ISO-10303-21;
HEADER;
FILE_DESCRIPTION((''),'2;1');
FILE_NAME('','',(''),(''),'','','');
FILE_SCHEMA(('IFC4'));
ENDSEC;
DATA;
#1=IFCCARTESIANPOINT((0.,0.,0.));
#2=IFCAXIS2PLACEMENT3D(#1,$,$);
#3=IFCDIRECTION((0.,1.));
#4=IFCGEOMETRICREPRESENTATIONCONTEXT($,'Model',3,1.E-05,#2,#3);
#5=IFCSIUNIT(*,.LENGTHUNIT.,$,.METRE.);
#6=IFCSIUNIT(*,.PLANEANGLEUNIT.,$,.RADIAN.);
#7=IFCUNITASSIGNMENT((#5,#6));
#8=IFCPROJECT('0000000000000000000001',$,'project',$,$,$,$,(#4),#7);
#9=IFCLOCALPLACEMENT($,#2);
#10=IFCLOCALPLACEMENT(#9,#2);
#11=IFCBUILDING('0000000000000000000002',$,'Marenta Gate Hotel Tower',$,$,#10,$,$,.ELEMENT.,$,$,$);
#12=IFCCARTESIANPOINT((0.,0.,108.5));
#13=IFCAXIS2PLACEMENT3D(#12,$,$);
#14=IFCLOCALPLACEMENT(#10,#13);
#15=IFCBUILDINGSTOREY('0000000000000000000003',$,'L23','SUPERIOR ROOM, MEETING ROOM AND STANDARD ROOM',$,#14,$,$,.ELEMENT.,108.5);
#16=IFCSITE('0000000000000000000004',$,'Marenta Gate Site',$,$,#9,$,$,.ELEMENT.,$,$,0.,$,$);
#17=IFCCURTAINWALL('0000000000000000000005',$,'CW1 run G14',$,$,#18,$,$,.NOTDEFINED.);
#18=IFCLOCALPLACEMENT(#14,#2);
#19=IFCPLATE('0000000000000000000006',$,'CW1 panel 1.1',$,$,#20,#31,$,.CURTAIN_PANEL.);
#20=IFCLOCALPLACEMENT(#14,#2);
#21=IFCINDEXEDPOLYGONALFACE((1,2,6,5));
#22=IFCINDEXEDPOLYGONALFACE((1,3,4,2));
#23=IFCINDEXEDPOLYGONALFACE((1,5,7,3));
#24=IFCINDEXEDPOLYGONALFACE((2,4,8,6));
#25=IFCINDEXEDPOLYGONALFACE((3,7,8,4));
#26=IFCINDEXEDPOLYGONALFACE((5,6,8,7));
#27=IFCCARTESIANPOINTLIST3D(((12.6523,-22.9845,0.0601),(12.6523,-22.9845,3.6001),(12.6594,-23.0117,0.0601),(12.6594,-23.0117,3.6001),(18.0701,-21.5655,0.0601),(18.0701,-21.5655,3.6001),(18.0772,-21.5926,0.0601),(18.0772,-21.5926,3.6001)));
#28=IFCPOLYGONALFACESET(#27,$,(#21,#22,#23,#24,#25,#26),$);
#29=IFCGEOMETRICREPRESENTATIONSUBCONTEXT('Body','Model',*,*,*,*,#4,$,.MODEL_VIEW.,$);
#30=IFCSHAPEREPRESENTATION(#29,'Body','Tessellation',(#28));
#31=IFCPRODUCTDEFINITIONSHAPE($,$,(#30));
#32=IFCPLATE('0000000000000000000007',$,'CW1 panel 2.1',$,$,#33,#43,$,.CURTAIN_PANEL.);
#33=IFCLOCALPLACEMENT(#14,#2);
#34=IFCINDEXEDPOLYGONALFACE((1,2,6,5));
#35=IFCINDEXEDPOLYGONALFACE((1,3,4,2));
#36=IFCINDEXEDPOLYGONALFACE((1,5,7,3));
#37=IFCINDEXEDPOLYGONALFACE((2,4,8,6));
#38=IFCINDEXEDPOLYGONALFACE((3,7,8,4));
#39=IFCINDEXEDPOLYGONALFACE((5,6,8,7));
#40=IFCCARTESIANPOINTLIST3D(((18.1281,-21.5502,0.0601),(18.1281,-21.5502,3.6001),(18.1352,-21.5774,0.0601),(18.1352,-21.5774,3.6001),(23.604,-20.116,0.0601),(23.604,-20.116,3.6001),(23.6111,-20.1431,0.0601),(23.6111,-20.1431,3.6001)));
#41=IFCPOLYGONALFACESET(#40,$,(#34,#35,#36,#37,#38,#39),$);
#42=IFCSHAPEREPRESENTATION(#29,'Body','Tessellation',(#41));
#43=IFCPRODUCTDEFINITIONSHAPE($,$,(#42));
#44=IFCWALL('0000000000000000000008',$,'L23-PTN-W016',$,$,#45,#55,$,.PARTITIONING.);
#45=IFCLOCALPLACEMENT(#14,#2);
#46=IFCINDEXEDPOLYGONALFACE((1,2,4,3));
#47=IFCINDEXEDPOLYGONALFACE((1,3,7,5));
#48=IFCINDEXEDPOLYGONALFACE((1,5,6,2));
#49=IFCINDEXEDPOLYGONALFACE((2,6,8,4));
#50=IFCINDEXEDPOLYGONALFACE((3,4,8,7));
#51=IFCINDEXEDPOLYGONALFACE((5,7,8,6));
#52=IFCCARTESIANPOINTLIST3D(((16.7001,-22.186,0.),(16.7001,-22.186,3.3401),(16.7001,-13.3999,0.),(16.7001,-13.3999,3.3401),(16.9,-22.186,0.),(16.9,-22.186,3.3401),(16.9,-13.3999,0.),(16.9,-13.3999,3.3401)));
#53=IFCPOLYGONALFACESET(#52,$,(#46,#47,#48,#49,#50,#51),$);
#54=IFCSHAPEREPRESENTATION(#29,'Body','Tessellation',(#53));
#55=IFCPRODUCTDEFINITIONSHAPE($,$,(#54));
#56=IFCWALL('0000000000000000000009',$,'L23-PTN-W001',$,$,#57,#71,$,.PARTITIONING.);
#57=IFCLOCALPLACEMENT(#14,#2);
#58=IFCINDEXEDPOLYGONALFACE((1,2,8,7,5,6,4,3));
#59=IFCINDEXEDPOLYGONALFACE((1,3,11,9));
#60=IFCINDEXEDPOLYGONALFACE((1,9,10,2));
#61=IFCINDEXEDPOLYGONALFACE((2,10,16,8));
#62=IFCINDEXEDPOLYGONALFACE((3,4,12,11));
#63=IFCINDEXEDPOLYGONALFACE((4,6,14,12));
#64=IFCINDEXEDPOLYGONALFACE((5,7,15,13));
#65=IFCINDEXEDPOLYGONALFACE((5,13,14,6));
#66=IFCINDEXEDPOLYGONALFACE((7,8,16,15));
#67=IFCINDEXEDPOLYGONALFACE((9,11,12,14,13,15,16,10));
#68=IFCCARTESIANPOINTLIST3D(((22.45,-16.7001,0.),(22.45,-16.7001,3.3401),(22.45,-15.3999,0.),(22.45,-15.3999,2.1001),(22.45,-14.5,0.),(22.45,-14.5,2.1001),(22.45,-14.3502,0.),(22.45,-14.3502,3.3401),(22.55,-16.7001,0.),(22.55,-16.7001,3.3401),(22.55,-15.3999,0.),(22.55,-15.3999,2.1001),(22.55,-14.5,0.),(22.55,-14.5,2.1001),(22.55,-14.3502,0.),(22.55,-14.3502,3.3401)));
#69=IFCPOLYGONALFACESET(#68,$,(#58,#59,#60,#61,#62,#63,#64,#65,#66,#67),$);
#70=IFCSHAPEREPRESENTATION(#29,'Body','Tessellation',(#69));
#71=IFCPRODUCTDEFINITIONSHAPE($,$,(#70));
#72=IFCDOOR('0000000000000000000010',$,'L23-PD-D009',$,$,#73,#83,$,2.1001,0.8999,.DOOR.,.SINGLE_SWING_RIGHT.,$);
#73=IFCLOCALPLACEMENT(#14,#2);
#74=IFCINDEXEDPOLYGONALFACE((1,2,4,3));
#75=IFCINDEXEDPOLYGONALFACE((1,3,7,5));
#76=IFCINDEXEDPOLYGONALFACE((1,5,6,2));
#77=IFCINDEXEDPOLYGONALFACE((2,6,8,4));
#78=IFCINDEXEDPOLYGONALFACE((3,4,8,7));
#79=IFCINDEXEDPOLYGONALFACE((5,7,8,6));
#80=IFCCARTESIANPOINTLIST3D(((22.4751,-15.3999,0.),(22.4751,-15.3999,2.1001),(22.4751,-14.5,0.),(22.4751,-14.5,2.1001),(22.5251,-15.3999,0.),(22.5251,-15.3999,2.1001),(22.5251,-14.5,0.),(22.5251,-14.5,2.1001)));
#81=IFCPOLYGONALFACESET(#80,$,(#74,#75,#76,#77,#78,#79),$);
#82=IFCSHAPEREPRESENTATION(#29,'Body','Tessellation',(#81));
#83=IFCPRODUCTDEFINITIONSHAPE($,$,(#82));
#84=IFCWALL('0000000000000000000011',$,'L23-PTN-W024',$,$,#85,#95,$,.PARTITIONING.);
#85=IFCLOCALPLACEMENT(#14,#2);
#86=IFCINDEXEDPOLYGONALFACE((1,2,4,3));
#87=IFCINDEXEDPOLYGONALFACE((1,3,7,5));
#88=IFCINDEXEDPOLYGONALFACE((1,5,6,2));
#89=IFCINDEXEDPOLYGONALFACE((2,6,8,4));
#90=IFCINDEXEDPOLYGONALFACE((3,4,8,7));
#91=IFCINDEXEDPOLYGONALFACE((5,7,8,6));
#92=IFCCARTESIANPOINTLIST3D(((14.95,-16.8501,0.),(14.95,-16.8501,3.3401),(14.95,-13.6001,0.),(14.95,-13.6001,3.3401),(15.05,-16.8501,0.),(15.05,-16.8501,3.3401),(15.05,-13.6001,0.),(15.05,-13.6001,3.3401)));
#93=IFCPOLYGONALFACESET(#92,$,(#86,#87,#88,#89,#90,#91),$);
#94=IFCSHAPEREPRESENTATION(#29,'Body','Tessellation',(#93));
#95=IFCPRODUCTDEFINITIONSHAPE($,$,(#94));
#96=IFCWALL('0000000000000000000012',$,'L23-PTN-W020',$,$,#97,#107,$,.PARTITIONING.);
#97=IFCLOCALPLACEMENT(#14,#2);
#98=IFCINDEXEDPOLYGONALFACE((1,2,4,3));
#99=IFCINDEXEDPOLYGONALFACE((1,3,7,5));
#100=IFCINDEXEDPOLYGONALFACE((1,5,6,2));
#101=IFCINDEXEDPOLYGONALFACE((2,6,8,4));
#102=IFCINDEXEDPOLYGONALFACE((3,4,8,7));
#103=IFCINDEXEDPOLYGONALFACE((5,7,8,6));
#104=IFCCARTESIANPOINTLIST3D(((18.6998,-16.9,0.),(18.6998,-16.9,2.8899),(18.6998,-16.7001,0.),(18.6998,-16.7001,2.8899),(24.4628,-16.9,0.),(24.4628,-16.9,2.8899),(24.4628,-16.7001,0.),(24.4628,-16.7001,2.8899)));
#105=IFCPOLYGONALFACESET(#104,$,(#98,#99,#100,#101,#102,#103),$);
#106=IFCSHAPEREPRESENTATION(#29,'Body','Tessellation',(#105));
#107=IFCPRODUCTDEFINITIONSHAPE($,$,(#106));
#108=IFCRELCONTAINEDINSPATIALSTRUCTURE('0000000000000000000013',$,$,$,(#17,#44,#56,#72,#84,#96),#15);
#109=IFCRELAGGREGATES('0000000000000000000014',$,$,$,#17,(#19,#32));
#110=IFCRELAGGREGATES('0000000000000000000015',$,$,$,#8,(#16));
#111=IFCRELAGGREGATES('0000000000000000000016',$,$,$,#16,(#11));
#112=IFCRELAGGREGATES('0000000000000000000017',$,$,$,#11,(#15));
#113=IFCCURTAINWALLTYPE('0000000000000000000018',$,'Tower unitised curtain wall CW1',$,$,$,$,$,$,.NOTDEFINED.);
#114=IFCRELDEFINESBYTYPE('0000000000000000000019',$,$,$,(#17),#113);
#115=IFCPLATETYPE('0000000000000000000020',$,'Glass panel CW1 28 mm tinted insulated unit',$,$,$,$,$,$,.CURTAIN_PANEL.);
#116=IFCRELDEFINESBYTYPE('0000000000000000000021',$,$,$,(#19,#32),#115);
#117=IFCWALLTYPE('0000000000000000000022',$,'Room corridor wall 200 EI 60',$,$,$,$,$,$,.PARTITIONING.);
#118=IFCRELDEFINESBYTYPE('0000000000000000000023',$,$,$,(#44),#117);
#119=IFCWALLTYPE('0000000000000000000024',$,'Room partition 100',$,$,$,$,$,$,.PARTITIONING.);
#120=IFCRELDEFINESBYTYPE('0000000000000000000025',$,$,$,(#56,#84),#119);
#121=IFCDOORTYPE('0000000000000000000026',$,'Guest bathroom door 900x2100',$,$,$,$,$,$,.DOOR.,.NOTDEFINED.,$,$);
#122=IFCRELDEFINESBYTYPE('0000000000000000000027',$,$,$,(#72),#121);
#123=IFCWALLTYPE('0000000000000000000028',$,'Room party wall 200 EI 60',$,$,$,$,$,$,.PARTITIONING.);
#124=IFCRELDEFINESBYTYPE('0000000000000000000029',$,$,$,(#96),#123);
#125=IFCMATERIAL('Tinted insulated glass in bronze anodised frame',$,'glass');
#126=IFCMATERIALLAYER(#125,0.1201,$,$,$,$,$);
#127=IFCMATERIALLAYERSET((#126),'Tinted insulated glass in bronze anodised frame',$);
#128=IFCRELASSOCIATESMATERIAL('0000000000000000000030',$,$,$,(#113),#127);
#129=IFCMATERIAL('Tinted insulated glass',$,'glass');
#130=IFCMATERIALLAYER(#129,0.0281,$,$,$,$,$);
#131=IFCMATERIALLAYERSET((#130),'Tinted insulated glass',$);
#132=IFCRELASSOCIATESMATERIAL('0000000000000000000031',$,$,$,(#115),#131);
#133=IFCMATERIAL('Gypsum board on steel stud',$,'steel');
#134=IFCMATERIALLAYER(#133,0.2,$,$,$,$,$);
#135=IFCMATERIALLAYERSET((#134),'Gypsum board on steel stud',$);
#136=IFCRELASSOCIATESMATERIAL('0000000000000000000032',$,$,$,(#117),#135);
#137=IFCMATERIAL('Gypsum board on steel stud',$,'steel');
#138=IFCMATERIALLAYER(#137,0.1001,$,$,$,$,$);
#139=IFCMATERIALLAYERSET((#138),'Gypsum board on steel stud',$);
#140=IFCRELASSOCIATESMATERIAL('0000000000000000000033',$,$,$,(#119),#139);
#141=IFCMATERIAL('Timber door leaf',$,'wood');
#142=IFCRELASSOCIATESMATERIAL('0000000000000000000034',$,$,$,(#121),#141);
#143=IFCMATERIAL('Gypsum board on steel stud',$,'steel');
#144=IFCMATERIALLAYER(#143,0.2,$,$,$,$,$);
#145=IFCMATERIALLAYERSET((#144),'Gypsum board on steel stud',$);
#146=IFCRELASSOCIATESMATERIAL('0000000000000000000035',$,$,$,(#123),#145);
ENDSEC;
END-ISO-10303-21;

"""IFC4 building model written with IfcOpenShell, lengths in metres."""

from ifc_helpers import new_model, si_unit, direction, frame, frame_2d, origin, origin_2d, place, context, subcontext, project, spatial, rectangle, extrude, material, layer, layer_set, type_object, element, fill, aggregate, save


model = new_model("IFC4")

# Units and contexts
model_context = context("Model", 3, precision=1e-05, world=origin(), true_north=direction((0.0, 1.0)))
body_context = subcontext(model_context, "Body", "Model", "MODEL_VIEW")
ifc_project = project(units=[si_unit("LENGTHUNIT", "METRE"), si_unit("PLANEANGLEUNIT", "RADIAN")], contexts=[model_context])

# Site, building, storey
site_placement = place(None, origin())
site = spatial("IfcSite", under=ifc_project, at=site_placement, Name="Marenta Gate Site", CompositionType="ELEMENT", RefElevation=0.0)
building_placement = place(site_placement, origin())
building = spatial("IfcBuilding", under=site, at=building_placement, Name="Marenta Gate Hotel Tower", CompositionType="ELEMENT")
storey_placement = place(building_placement, frame((0.0, 0.0, 108.5)))
storey = spatial("IfcBuildingStorey", under=building, at=storey_placement, Name="L23", Description="SUPERIOR ROOM, MEETING ROOM AND STANDARD ROOM", CompositionType="ELEMENT", Elevation=108.5)

# Curtain wall
ifc_material_1 = material(Name="Tinted insulated glass in bronze anodised frame", Category="glass")
ifc_layer_1 = layer(ifc_material_1, 0.1201)
ifc_layer_set_1 = layer_set([ifc_layer_1], Name="Tinted insulated glass in bronze anodised frame")
curtain_wall_type = type_object("IfcCurtainWallType", Name="Tower unitised curtain wall CW1", PredefinedType="NOTDEFINED", material=ifc_layer_set_1)
curtain_wall_1_placement = place(storey_placement, origin())
curtain_wall_1 = element("IfcCurtainWall", 1, at=curtain_wall_1_placement, inside=storey, type_object=curtain_wall_type, Name="CW1 run G14", PredefinedType="NOTDEFINED")

# Plates
ifc_material_2 = material(Name="Tinted insulated glass", Category="glass")
ifc_layer_2 = layer(ifc_material_2, 0.0281)
ifc_layer_set_2 = layer_set([ifc_layer_2], Name="Tinted insulated glass")
plate_type = type_object("IfcPlateType", Name="Glass panel CW1 28 mm tinted insulated unit", PredefinedType="CURTAIN_PANEL", material=ifc_layer_set_2)
plate_1_placement = place(storey_placement, frame((15.3647, -22.2886, 0.0601), z_axis=(0.0, 0.0, 1.0), x_axis=(0.967368, 0.253374, 0.0)))
plate_1 = element("IfcPlate", 2, at=plate_1_placement, type_object=plate_type, Name="CW1 panel 1.1", PredefinedType="CURTAIN_PANEL", context=body_context, shape_type="SweptSolid", body=[
    extrude(rectangle(XDim=5.6006, YDim=0.0281, at=origin_2d()), origin(), (0.0, 0.0, 1.0), 3.54),
])
plate_2_placement = place(storey_placement, frame((20.8696, -20.8467, 0.0601), z_axis=(0.0, 0.0, 1.0), x_axis=(0.967368, 0.253374, 0.0)))
plate_2 = element("IfcPlate", 3, at=plate_2_placement, type_object=plate_type, Name="CW1 panel 2.1", PredefinedType="CURTAIN_PANEL", context=body_context, shape_type="SweptSolid", body=[
    extrude(rectangle(XDim=5.6606, YDim=0.0281, at=origin_2d()), origin(), (0.0, 0.0, 1.0), 3.54),
])
aggregate(curtain_wall_1, [plate_1, plate_2])

# Shared definitions
ifc_material_3 = material(Name="Gypsum board on steel stud", Category="steel")
ifc_layer_3 = layer(ifc_material_3, 0.2)
ifc_layer_set_3 = layer_set([ifc_layer_3], Name="Gypsum board on steel stud")
wall_type_1 = type_object("IfcWallType", Name="Room corridor wall 200 EI 60", PredefinedType="PARTITIONING", material=ifc_layer_set_3)

# Wall
wall_1_placement = place(storey_placement, frame((16.8, -22.186, 0.0), z_axis=(0.0, 0.0, 1.0), x_axis=(0.0, 1.0, 0.0)))
element("IfcWall", 4, at=wall_1_placement, inside=storey, type_object=wall_type_1, Name="L23-PTN-W016", PredefinedType="PARTITIONING", context=body_context, shape_type="SweptSolid", body=[
    extrude(rectangle(XDim=8.7861, YDim=0.2, at=frame_2d((4.3931, 0.0))), origin(), (0.0, 0.0, 1.0), 3.3401),
])

# Wall, opening, door
ifc_material_4 = material(Name="Gypsum board on steel stud", Category="steel")
ifc_layer_4 = layer(ifc_material_4, 0.1001)
ifc_layer_set_4 = layer_set([ifc_layer_4], Name="Gypsum board on steel stud")
wall_type_2 = type_object("IfcWallType", Name="Room partition 100", PredefinedType="PARTITIONING", material=ifc_layer_set_4)
wall_2_placement = place(storey_placement, frame((22.5, -16.7, 0.0), z_axis=(0.0, 0.0, 1.0), x_axis=(0.0, 1.0, 0.0)))
wall_2 = element("IfcWall", 5, at=wall_2_placement, inside=storey, type_object=wall_type_2, Name="L23-PTN-W001", PredefinedType="PARTITIONING", context=body_context, shape_type="SweptSolid", body=[
    extrude(rectangle(XDim=2.3499, YDim=0.1001, at=frame_2d((1.1748, 0.0))), origin(), (0.0, 0.0, 1.0), 3.3401),
])
opening_1_placement = place(wall_2_placement, frame((1.3, 0.0, 0.0)))
opening_1 = element("IfcOpeningElement", 6, at=opening_1_placement, cuts=wall_2, PredefinedType="OPENING", context=body_context, shape_type="SweptSolid", body=[
    extrude(rectangle(XDim=0.8999, YDim=2.1001, at=frame_2d((0.45, 1.05))), frame((0.0, 0.05, 0.0), z_axis=(0.0, -1.0, 0.0), x_axis=(1.0, 0.0, 0.0)), (0.0, 0.0, 1.0), 0.1001),
])
ifc_material_5 = material(Name="Timber door leaf", Category="wood")
door_type_1 = type_object("IfcDoorType", Name="Guest bathroom door 900x2100", OperationType="NOTDEFINED", PredefinedType="DOOR", material=ifc_material_5)
door_1_placement = place(opening_1_placement, origin())
door_1 = element("IfcDoor", 7, at=door_1_placement, inside=storey, type_object=door_type_1, Name="L23-PD-D009", OperationType="SINGLE_SWING_RIGHT", OverallHeight=2.1001, OverallWidth=0.8999, PredefinedType="DOOR", context=body_context, shape_type="SweptSolid", body=[
    extrude(rectangle(XDim=0.8999, YDim=2.1001, at=frame_2d((0.45, 1.05))), frame((0.0, 0.0249, 0.0), z_axis=(0.0, -1.0, 0.0), x_axis=(1.0, 0.0, 0.0)), (0.0, 0.0, 1.0), 0.05),
])
fill(opening_1, door_1)

# Walls
wall_3_placement = place(storey_placement, frame((15.0, -16.8501, 0.0), z_axis=(0.0, 0.0, 1.0), x_axis=(0.0, 1.0, 0.0)))
element("IfcWall", 8, at=wall_3_placement, inside=storey, type_object=wall_type_2, Name="L23-PTN-W024", PredefinedType="PARTITIONING", context=body_context, shape_type="SweptSolid", body=[
    extrude(rectangle(XDim=3.25, YDim=0.1001, at=frame_2d((1.625, 0.0))), origin(), (0.0, 0.0, 1.0), 3.3401),
])
ifc_material_6 = material(Name="Gypsum board on steel stud", Category="steel")
ifc_layer_5 = layer(ifc_material_6, 0.2)
ifc_layer_set_5 = layer_set([ifc_layer_5], Name="Gypsum board on steel stud")
wall_type_3 = type_object("IfcWallType", Name="Room party wall 200 EI 60", PredefinedType="PARTITIONING", material=ifc_layer_set_5)
wall_4_placement = place(storey_placement, frame((18.7, -16.8, 0.0), z_axis=(0.0, 0.0, 1.0), x_axis=(1.0, 0.0, 0.0)))
element("IfcWall", 9, at=wall_4_placement, inside=storey, type_object=wall_type_3, Name="L23-PTN-W020", PredefinedType="PARTITIONING", context=body_context, shape_type="SweptSolid", body=[
    extrude(rectangle(XDim=5.7629, YDim=0.2, at=frame_2d((2.8813, 0.0))), origin(), (0.0, 0.0, 1.0), 2.8899),
])

save(model, "model.ifc")
